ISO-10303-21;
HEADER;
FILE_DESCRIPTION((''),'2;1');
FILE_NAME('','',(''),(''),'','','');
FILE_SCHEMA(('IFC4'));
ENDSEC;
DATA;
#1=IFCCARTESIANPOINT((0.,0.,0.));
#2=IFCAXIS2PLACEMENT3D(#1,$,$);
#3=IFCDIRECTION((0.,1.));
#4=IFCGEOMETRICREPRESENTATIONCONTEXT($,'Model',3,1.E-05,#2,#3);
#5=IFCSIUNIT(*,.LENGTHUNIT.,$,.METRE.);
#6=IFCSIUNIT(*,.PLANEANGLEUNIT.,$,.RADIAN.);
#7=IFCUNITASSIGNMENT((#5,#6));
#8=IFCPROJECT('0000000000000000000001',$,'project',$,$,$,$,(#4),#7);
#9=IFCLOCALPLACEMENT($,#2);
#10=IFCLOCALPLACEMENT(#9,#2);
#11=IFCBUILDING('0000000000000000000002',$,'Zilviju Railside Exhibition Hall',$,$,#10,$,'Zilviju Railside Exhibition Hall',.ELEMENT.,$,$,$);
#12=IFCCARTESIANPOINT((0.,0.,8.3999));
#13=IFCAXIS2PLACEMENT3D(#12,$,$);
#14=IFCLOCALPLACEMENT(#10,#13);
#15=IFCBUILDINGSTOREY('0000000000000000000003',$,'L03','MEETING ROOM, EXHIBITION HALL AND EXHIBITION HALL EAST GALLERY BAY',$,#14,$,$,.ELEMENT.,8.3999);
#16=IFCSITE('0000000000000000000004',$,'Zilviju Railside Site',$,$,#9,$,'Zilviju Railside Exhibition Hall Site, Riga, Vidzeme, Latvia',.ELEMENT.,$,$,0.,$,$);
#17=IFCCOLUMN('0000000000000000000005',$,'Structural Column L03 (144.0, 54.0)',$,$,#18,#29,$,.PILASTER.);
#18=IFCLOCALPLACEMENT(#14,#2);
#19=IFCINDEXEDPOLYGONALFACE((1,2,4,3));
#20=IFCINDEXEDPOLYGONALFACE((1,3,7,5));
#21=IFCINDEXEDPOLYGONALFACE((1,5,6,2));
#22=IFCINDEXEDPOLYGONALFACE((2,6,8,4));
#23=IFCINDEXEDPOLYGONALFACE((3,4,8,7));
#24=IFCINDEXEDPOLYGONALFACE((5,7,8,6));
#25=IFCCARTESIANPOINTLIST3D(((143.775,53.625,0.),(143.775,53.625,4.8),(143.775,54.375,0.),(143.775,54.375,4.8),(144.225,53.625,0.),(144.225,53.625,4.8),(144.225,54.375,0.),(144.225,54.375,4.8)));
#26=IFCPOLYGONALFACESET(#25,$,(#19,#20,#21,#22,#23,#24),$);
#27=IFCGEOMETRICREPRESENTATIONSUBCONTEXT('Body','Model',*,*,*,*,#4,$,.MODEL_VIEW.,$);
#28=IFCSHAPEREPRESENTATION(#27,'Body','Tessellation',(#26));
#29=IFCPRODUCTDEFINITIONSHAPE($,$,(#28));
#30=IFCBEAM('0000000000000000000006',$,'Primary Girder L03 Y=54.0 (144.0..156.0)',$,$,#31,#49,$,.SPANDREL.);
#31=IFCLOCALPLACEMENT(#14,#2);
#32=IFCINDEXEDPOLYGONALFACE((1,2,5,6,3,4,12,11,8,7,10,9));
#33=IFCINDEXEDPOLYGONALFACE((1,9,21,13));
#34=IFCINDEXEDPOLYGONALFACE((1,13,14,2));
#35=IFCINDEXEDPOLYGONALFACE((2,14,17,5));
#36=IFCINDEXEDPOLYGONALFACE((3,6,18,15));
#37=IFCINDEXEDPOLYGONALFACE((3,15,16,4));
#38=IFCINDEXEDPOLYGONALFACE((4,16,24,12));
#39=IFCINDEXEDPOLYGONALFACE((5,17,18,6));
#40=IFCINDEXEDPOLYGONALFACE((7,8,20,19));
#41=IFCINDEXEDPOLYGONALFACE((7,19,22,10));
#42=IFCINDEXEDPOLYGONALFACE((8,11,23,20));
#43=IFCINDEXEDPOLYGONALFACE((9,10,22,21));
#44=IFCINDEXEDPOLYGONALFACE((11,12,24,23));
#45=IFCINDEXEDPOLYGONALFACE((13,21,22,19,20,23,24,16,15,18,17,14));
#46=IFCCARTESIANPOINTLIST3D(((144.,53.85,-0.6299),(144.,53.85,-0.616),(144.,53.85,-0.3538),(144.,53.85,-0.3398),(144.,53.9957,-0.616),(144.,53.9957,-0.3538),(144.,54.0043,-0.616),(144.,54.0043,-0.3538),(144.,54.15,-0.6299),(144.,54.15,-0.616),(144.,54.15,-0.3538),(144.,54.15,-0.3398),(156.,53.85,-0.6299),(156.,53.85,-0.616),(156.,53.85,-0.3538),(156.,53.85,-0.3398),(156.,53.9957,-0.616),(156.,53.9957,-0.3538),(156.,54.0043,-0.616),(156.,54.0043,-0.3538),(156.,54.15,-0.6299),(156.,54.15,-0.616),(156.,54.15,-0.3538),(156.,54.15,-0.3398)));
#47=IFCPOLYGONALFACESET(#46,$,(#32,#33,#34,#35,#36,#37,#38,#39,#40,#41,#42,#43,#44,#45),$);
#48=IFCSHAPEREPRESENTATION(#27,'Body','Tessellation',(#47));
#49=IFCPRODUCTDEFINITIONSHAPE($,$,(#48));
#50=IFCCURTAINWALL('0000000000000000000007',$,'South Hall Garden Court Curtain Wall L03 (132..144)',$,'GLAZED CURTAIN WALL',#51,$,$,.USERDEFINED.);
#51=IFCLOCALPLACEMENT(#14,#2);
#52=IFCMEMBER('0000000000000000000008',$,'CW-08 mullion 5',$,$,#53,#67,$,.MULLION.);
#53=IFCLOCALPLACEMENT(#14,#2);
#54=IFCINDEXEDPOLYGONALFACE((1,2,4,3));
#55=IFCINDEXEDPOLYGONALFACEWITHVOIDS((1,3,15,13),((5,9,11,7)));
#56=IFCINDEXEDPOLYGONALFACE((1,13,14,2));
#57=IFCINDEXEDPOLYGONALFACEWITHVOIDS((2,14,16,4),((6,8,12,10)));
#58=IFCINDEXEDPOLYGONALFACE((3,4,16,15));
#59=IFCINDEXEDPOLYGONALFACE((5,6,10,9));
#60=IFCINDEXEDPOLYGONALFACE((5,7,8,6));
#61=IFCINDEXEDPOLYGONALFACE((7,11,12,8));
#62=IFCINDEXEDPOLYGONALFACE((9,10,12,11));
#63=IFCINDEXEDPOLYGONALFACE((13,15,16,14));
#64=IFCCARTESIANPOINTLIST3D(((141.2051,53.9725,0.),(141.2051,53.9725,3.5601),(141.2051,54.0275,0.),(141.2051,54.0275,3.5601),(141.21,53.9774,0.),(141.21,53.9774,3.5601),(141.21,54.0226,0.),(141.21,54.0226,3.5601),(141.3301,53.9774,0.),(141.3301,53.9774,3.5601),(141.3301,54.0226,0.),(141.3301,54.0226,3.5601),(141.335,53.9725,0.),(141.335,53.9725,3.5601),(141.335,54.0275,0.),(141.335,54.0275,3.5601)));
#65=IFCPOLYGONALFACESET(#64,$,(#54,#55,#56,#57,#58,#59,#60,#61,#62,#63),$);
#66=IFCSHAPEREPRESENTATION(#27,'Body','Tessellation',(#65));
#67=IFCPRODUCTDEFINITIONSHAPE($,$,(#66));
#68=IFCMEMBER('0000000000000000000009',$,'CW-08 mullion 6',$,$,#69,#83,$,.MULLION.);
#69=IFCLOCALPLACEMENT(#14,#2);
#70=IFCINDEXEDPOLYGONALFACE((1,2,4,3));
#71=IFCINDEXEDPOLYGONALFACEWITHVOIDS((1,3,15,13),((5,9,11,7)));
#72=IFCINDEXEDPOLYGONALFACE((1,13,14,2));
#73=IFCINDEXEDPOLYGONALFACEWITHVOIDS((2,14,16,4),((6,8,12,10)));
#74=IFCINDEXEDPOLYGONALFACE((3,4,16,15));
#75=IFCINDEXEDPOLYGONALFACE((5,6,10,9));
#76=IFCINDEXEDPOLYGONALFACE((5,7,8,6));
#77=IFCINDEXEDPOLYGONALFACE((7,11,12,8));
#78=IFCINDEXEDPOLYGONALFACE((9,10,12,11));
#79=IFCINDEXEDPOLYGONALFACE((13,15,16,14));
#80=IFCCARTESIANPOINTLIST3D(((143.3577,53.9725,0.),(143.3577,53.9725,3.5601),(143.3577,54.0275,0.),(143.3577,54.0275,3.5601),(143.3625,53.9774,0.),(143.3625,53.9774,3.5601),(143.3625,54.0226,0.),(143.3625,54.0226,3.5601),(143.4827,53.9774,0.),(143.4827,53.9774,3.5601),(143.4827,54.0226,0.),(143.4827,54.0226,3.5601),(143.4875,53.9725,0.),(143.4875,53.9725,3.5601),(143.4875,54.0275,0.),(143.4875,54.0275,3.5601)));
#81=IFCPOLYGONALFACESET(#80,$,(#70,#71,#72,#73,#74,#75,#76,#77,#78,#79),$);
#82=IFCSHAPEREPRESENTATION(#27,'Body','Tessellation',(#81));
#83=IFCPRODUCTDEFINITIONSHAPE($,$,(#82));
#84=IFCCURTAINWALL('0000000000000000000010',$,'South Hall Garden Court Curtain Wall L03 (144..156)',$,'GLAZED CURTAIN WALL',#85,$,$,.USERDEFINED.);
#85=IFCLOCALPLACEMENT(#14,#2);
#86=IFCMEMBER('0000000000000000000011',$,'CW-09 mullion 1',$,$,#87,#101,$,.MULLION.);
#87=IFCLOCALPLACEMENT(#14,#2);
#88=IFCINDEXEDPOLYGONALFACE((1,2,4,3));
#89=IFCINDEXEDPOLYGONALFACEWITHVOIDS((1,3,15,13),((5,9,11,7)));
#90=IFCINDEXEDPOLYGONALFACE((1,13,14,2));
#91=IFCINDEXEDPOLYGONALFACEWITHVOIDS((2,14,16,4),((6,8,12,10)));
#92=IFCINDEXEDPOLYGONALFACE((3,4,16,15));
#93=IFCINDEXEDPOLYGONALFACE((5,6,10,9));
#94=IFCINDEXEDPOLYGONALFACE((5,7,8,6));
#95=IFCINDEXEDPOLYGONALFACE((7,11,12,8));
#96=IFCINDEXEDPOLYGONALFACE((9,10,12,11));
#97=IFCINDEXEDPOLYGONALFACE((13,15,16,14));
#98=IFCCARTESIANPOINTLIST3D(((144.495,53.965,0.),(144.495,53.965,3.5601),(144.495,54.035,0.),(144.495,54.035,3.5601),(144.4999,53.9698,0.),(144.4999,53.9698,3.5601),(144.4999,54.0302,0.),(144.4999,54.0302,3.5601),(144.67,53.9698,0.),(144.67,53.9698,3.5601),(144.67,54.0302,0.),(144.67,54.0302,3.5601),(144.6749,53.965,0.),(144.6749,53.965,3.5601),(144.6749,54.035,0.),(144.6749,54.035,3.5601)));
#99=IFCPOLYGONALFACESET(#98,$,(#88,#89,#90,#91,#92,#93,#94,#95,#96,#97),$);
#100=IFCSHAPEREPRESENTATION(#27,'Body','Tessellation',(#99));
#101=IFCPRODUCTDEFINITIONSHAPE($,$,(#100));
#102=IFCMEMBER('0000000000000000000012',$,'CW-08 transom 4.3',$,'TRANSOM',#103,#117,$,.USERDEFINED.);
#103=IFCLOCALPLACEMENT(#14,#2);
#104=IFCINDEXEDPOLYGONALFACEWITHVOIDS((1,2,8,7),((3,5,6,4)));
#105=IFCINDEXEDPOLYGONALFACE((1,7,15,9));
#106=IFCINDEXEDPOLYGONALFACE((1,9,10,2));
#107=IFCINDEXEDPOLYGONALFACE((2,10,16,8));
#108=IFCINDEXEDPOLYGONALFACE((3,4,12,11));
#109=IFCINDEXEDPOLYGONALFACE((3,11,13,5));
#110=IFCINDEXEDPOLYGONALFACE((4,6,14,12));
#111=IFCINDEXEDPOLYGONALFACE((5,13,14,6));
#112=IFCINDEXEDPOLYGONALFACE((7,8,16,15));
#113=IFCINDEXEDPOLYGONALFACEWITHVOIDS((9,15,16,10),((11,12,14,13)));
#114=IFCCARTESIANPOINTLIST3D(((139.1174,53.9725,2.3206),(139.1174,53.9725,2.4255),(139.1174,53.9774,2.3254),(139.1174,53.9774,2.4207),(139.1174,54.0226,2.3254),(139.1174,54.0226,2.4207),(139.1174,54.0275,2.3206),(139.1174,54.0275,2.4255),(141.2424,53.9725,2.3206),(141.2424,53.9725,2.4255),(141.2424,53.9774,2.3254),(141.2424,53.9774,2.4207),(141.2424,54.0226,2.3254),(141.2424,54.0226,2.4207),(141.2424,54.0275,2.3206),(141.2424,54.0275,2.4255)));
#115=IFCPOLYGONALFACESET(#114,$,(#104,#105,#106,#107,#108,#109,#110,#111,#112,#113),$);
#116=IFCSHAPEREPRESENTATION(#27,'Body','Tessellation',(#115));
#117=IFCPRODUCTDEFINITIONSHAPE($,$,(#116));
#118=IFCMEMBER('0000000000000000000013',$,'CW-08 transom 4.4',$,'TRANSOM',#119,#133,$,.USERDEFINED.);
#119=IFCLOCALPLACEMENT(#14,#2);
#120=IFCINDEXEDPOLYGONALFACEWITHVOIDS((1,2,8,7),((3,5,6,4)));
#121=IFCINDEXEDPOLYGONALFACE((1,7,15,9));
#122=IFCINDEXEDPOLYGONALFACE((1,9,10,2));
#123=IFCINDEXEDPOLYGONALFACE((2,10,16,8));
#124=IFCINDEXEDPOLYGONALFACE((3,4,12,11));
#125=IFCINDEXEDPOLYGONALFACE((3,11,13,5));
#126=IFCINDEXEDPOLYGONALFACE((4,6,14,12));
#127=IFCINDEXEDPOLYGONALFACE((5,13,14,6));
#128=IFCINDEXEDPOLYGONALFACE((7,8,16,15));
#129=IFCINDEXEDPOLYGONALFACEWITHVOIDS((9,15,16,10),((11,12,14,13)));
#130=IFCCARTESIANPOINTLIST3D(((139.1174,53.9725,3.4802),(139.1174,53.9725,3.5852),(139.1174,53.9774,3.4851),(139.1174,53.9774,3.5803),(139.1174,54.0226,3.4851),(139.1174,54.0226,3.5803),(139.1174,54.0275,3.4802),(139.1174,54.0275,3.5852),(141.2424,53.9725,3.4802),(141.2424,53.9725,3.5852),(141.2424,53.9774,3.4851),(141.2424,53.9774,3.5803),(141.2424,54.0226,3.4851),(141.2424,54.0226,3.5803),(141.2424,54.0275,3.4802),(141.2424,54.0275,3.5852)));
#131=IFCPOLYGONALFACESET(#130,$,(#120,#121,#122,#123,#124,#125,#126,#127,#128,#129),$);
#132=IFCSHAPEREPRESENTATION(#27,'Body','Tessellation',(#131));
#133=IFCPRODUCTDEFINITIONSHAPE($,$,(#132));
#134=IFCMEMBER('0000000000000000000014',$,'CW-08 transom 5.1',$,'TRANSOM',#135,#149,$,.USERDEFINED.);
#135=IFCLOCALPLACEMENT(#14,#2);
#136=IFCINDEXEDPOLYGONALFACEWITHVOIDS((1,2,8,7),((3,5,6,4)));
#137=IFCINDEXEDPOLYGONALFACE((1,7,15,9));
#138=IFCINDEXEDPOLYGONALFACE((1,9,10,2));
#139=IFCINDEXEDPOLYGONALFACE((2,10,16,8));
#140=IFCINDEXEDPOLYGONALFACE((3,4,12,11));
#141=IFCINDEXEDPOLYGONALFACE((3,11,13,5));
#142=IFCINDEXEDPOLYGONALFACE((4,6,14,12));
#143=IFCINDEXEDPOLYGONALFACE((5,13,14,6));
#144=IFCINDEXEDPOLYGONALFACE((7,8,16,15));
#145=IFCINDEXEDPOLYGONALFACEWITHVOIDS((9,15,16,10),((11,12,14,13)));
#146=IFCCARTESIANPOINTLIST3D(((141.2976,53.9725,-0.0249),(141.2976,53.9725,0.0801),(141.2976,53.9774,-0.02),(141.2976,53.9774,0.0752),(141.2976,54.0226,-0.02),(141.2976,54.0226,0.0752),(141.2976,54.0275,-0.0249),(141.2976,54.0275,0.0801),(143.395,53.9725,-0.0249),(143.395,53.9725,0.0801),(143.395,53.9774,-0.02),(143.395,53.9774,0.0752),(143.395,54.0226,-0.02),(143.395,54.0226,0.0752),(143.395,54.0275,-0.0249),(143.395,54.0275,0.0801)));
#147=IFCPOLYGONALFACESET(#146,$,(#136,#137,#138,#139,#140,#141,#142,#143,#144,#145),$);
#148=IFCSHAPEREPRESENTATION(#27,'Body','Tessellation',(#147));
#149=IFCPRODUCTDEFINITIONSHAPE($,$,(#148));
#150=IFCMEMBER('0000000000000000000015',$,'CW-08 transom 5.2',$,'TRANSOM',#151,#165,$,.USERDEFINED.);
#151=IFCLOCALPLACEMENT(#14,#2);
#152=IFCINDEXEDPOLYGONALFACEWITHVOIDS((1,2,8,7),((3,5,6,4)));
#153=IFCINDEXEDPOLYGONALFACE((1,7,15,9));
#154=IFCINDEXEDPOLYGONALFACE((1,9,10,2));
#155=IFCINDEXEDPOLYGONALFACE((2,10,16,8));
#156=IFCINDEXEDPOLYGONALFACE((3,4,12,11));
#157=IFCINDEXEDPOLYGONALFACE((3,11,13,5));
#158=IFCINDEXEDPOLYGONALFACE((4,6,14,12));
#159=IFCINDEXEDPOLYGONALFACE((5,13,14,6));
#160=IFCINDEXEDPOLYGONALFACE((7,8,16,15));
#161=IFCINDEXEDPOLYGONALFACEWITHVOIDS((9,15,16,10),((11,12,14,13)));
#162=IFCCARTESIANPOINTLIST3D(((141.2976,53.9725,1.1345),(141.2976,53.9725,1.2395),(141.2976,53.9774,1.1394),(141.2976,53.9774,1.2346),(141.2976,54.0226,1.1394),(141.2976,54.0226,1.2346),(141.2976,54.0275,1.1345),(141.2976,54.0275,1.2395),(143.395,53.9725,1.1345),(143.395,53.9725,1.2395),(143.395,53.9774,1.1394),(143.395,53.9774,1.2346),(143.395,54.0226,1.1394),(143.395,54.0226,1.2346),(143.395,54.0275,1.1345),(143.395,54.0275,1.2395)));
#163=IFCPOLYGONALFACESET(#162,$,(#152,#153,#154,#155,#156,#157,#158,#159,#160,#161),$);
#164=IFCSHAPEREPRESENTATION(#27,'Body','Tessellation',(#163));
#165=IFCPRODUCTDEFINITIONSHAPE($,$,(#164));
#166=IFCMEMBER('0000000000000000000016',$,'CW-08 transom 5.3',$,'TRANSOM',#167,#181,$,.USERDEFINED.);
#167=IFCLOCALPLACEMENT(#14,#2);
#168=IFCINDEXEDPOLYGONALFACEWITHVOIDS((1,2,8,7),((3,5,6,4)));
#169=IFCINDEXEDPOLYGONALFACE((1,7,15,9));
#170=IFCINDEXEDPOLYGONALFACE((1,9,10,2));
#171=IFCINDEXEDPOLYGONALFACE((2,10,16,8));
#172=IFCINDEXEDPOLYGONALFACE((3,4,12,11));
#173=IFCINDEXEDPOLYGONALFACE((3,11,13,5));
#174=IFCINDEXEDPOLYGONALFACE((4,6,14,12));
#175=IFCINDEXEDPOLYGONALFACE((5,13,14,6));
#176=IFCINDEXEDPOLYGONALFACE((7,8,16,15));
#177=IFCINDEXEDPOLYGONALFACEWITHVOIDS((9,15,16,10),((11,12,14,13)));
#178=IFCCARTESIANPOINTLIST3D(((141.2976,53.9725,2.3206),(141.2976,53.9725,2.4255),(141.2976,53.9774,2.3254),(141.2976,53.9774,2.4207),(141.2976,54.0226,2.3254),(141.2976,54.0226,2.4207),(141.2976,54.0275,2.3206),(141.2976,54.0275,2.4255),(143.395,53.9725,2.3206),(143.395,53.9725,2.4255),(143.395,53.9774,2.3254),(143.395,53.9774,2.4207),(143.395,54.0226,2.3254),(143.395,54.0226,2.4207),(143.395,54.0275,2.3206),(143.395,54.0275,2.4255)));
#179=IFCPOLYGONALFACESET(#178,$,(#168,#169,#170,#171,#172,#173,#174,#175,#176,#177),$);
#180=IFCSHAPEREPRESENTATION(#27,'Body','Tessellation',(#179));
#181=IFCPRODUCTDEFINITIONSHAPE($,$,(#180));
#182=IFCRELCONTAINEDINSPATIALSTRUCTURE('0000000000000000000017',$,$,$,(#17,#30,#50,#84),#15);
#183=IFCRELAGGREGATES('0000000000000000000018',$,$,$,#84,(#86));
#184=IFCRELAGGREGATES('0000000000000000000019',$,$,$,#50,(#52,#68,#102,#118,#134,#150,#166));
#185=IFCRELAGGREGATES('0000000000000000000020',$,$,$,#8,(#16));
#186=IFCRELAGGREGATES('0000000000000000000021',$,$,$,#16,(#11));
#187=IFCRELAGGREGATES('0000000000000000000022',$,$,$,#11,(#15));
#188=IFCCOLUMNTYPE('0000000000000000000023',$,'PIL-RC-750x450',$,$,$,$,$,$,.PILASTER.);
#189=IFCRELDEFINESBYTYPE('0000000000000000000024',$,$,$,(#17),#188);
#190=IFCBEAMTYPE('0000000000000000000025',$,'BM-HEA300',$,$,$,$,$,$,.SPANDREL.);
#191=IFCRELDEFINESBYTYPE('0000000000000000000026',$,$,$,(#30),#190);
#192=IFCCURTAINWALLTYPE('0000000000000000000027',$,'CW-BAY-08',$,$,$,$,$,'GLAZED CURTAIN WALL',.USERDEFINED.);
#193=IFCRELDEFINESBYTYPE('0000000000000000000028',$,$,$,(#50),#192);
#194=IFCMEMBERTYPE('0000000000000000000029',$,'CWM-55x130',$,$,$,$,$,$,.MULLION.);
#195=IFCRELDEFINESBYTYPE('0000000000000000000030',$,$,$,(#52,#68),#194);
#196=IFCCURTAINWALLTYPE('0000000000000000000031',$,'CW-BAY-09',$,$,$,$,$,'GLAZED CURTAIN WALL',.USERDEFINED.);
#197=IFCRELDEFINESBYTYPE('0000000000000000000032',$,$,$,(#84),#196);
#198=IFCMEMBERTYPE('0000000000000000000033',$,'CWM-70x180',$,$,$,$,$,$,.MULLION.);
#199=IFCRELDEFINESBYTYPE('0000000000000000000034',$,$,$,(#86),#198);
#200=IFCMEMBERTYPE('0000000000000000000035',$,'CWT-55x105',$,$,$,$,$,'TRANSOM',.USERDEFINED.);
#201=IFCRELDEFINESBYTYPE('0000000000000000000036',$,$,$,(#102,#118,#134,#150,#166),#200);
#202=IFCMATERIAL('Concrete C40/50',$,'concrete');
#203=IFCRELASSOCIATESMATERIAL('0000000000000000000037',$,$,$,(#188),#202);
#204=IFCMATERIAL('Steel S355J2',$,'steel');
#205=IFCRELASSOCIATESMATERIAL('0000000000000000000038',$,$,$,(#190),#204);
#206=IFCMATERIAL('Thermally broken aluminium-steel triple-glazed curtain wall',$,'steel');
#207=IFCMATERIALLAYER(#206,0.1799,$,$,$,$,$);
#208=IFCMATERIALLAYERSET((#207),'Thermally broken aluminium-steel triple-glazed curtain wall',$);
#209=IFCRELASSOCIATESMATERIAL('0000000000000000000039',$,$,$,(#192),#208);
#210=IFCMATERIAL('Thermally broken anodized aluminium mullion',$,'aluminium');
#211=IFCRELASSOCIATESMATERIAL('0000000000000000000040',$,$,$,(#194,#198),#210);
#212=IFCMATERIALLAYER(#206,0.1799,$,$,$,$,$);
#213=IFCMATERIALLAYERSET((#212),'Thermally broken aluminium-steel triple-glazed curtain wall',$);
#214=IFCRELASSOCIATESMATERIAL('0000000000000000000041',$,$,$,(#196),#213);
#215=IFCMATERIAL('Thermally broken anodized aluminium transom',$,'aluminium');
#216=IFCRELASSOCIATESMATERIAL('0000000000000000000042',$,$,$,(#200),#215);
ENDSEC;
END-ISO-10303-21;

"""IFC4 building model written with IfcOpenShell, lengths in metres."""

from ifc_helpers import new_model, si_unit, direction, frame, origin, origin_2d, place, context, subcontext, project, spatial, rectangle, hollow_rectangle, i_section, extrude, material, layer, layer_set, material_profile, profile_set, type_object, element, aggregate, save


model = new_model("IFC4")

# Units and contexts
model_context = context("Model", 3, precision=1e-05, world=origin(), true_north=direction((0.0, 1.0)))
body_context = subcontext(model_context, "Body", "Model", "MODEL_VIEW")
ifc_project = project(units=[si_unit("LENGTHUNIT", "METRE"), si_unit("PLANEANGLEUNIT", "RADIAN")], contexts=[model_context])

# Site, building, storey
site_placement = place(None, origin())
site = spatial("IfcSite", under=ifc_project, at=site_placement, Name="Zilviju Railside Site", LongName="Zilviju Railside Exhibition Hall Site, Riga, Vidzeme, Latvia", CompositionType="ELEMENT", RefElevation=0.0)
building_placement = place(site_placement, origin())
building = spatial("IfcBuilding", under=site, at=building_placement, Name="Zilviju Railside Exhibition Hall", LongName="Zilviju Railside Exhibition Hall", CompositionType="ELEMENT")
storey_placement = place(building_placement, frame((0.0, 0.0, 8.3999)))
storey = spatial("IfcBuildingStorey", under=building, at=storey_placement, Name="L03", Description="MEETING ROOM, EXHIBITION HALL AND EXHIBITION HALL EAST GALLERY BAY", CompositionType="ELEMENT", Elevation=8.3999)

# Column
ifc_material_1 = material(Name="Concrete C40/50", Category="concrete")
ifc_material_profile_1 = material_profile(ifc_material_1, rectangle(XDim=0.45, YDim=0.75, at=origin_2d()), Name="RC COL 450x750")
ifc_profile_set_1 = profile_set([ifc_material_profile_1], Name="Concrete C40/50")
column_type = type_object("IfcColumnType", Name="PIL-RC-750x450", PredefinedType="PILASTER", material=ifc_profile_set_1)
column_placement = place(storey_placement, frame((144.0, 54.0, 0.0), z_axis=(0.0, 0.0, 1.0), x_axis=(1.0, 0.0, 0.0)))
element("IfcColumn", 1, at=column_placement, inside=storey, type_object=column_type, Name="Structural Column L03 (144.0, 54.0)", PredefinedType="PILASTER", context=body_context, shape_type="SweptSolid", body=[
    extrude(rectangle(XDim=0.45, YDim=0.75, at=origin_2d()), origin(), (0.0, 0.0, 1.0), 4.8),
])

# Beam
ifc_material_2 = material(Name="Steel S355J2", Category="steel")
ifc_material_profile_2 = material_profile(ifc_material_2, i_section(OverallWidth=0.3, OverallDepth=0.29, WebThickness=0.0085, FlangeThickness=0.0139, at=origin_2d()), Name="HEA 300")
ifc_profile_set_2 = profile_set([ifc_material_profile_2], Name="Steel S355J2")
beam_type = type_object("IfcBeamType", Name="BM-HEA300", PredefinedType="SPANDREL", material=ifc_profile_set_2)
beam_placement = place(storey_placement, frame((144.0, 54.0, -0.4849), z_axis=(1.0, 0.0, 0.0), x_axis=(0.0, 1.0, 0.0)))
element("IfcBeam", 2, at=beam_placement, inside=storey, type_object=beam_type, Name="Primary Girder L03 Y=54.0 (144.0..156.0)", PredefinedType="SPANDREL", context=body_context, shape_type="SweptSolid", body=[
    extrude(i_section(OverallWidth=0.3, OverallDepth=0.29, WebThickness=0.0085, FlangeThickness=0.0139, at=origin_2d()), origin(), (0.0, 0.0, 1.0), 12.0),
])

# Curtain wall, members
ifc_material_3 = material(Name="Thermally broken aluminium-steel triple-glazed curtain wall", Category="steel")
ifc_layer_1 = layer(ifc_material_3, 0.1799)
ifc_layer_set_1 = layer_set([ifc_layer_1], Name="Thermally broken aluminium-steel triple-glazed curtain wall")
curtain_wall_type_1 = type_object("IfcCurtainWallType", Name="CW-BAY-08", ElementType="GLAZED CURTAIN WALL", PredefinedType="USERDEFINED", material=ifc_layer_set_1)
curtain_wall_1_placement = place(storey_placement, origin())
curtain_wall_1 = element("IfcCurtainWall", 3, at=curtain_wall_1_placement, inside=storey, type_object=curtain_wall_type_1, Name="South Hall Garden Court Curtain Wall L03 (132..144)", ObjectType="GLAZED CURTAIN WALL", PredefinedType="USERDEFINED")
ifc_material_4 = material(Name="Thermally broken anodized aluminium mullion", Category="aluminium")
ifc_material_profile_3 = material_profile(ifc_material_4, hollow_rectangle(XDim=0.0549, YDim=0.1299, WallThickness=0.0049, at=origin_2d()), Name="MULLION 130x55x5")
ifc_profile_set_3 = profile_set([ifc_material_profile_3], Name="Thermally broken anodized aluminium mullion")
member_type_1 = type_object("IfcMemberType", Name="CWM-55x130", PredefinedType="MULLION", material=ifc_profile_set_3)
member_1_placement = place(storey_placement, frame((141.27, 54.0, 0.0), z_axis=(0.0, 0.0, 1.0), x_axis=(0.0, 1.0, 0.0)))
member_1 = element("IfcMember", 4, at=member_1_placement, type_object=member_type_1, Name="CW-08 mullion 5", PredefinedType="MULLION", context=body_context, shape_type="SweptSolid", body=[
    extrude(hollow_rectangle(XDim=0.0549, YDim=0.1299, WallThickness=0.0049, at=origin_2d()), origin(), (0.0, 0.0, 1.0), 3.5601),
])
member_2_placement = place(storey_placement, frame((143.4226, 54.0, 0.0), z_axis=(0.0, 0.0, 1.0), x_axis=(0.0, 1.0, 0.0)))
member_2 = element("IfcMember", 5, at=member_2_placement, type_object=member_type_1, Name="CW-08 mullion 6", PredefinedType="MULLION", context=body_context, shape_type="SweptSolid", body=[
    extrude(hollow_rectangle(XDim=0.0549, YDim=0.1299, WallThickness=0.0049, at=origin_2d()), origin(), (0.0, 0.0, 1.0), 3.5601),
])

# Curtain wall, member
ifc_layer_2 = layer(ifc_material_3, 0.1799)
ifc_layer_set_2 = layer_set([ifc_layer_2], Name="Thermally broken aluminium-steel triple-glazed curtain wall")
curtain_wall_type_2 = type_object("IfcCurtainWallType", Name="CW-BAY-09", ElementType="GLAZED CURTAIN WALL", PredefinedType="USERDEFINED", material=ifc_layer_set_2)
curtain_wall_2_placement = place(storey_placement, origin())
curtain_wall_2 = element("IfcCurtainWall", 6, at=curtain_wall_2_placement, inside=storey, type_object=curtain_wall_type_2, Name="South Hall Garden Court Curtain Wall L03 (144..156)", ObjectType="GLAZED CURTAIN WALL", PredefinedType="USERDEFINED")
ifc_material_profile_4 = material_profile(ifc_material_4, hollow_rectangle(XDim=0.0701, YDim=0.1799, WallThickness=0.0049, at=origin_2d()), Name="MULLION 180x70x5")
ifc_profile_set_4 = profile_set([ifc_material_profile_4], Name="Thermally broken anodized aluminium mullion")
member_type_2 = type_object("IfcMemberType", Name="CWM-70x180", PredefinedType="MULLION", material=ifc_profile_set_4)
member_3_placement = place(storey_placement, frame((144.585, 54.0, 0.0), z_axis=(0.0, 0.0, 1.0), x_axis=(0.0, 1.0, 0.0)))
member_3 = element("IfcMember", 7, at=member_3_placement, type_object=member_type_2, Name="CW-09 mullion 1", PredefinedType="MULLION", context=body_context, shape_type="SweptSolid", body=[
    extrude(hollow_rectangle(XDim=0.0701, YDim=0.1799, WallThickness=0.0049, at=origin_2d()), origin(), (0.0, 0.0, 1.0), 3.5601),
])

# Members
ifc_material_5 = material(Name="Thermally broken anodized aluminium transom", Category="aluminium")
ifc_material_profile_5 = material_profile(ifc_material_5, hollow_rectangle(XDim=0.0549, YDim=0.105, WallThickness=0.0049, at=origin_2d()), Name="TRANSOM 105x55x5")
ifc_profile_set_5 = profile_set([ifc_material_profile_5], Name="Thermally broken anodized aluminium transom")
member_type_3 = type_object("IfcMemberType", Name="CWT-55x105", ElementType="TRANSOM", PredefinedType="USERDEFINED", material=ifc_profile_set_5)
member_4_placement = place(storey_placement, frame((139.1174, 54.0, 2.373), z_axis=(1.0, 0.0, 0.0), x_axis=(0.0, 1.0, 0.0)))
member_4 = element("IfcMember", 8, at=member_4_placement, type_object=member_type_3, Name="CW-08 transom 4.3", ObjectType="TRANSOM", PredefinedType="USERDEFINED", context=body_context, shape_type="SweptSolid", body=[
    extrude(hollow_rectangle(XDim=0.0549, YDim=0.105, WallThickness=0.0049, at=origin_2d()), origin(), (0.0, 0.0, 1.0), 2.125),
])
member_5_placement = place(storey_placement, frame((139.1174, 54.0, 3.5327), z_axis=(1.0, 0.0, 0.0), x_axis=(0.0, 1.0, 0.0)))
member_5 = element("IfcMember", 9, at=member_5_placement, type_object=member_type_3, Name="CW-08 transom 4.4", ObjectType="TRANSOM", PredefinedType="USERDEFINED", context=body_context, shape_type="SweptSolid", body=[
    extrude(hollow_rectangle(XDim=0.0549, YDim=0.105, WallThickness=0.0049, at=origin_2d()), origin(), (0.0, 0.0, 1.0), 2.125),
])
member_6_placement = place(storey_placement, frame((141.2976, 54.0, 0.0276), z_axis=(1.0, 0.0, 0.0), x_axis=(0.0, 1.0, 0.0)))
member_6 = element("IfcMember", 10, at=member_6_placement, type_object=member_type_3, Name="CW-08 transom 5.1", ObjectType="TRANSOM", PredefinedType="USERDEFINED", context=body_context, shape_type="SweptSolid", body=[
    extrude(hollow_rectangle(XDim=0.0549, YDim=0.105, WallThickness=0.0049, at=origin_2d()), origin(), (0.0, 0.0, 1.0), 2.0974),
])
member_7_placement = place(storey_placement, frame((141.2976, 54.0, 1.187), z_axis=(1.0, 0.0, 0.0), x_axis=(0.0, 1.0, 0.0)))
member_7 = element("IfcMember", 11, at=member_7_placement, type_object=member_type_3, Name="CW-08 transom 5.2", ObjectType="TRANSOM", PredefinedType="USERDEFINED", context=body_context, shape_type="SweptSolid", body=[
    extrude(hollow_rectangle(XDim=0.0549, YDim=0.105, WallThickness=0.0049, at=origin_2d()), origin(), (0.0, 0.0, 1.0), 2.0974),
])
member_8_placement = place(storey_placement, frame((141.2976, 54.0, 2.373), z_axis=(1.0, 0.0, 0.0), x_axis=(0.0, 1.0, 0.0)))
member_8 = element("IfcMember", 12, at=member_8_placement, type_object=member_type_3, Name="CW-08 transom 5.3", ObjectType="TRANSOM", PredefinedType="USERDEFINED", context=body_context, shape_type="SweptSolid", body=[
    extrude(hollow_rectangle(XDim=0.0549, YDim=0.105, WallThickness=0.0049, at=origin_2d()), origin(), (0.0, 0.0, 1.0), 2.0974),
])
aggregate(curtain_wall_2, [member_3])

aggregate(curtain_wall_1, [member_1, member_2, member_4, member_5, member_6, member_7, member_8])

save(model, "model.ifc")
